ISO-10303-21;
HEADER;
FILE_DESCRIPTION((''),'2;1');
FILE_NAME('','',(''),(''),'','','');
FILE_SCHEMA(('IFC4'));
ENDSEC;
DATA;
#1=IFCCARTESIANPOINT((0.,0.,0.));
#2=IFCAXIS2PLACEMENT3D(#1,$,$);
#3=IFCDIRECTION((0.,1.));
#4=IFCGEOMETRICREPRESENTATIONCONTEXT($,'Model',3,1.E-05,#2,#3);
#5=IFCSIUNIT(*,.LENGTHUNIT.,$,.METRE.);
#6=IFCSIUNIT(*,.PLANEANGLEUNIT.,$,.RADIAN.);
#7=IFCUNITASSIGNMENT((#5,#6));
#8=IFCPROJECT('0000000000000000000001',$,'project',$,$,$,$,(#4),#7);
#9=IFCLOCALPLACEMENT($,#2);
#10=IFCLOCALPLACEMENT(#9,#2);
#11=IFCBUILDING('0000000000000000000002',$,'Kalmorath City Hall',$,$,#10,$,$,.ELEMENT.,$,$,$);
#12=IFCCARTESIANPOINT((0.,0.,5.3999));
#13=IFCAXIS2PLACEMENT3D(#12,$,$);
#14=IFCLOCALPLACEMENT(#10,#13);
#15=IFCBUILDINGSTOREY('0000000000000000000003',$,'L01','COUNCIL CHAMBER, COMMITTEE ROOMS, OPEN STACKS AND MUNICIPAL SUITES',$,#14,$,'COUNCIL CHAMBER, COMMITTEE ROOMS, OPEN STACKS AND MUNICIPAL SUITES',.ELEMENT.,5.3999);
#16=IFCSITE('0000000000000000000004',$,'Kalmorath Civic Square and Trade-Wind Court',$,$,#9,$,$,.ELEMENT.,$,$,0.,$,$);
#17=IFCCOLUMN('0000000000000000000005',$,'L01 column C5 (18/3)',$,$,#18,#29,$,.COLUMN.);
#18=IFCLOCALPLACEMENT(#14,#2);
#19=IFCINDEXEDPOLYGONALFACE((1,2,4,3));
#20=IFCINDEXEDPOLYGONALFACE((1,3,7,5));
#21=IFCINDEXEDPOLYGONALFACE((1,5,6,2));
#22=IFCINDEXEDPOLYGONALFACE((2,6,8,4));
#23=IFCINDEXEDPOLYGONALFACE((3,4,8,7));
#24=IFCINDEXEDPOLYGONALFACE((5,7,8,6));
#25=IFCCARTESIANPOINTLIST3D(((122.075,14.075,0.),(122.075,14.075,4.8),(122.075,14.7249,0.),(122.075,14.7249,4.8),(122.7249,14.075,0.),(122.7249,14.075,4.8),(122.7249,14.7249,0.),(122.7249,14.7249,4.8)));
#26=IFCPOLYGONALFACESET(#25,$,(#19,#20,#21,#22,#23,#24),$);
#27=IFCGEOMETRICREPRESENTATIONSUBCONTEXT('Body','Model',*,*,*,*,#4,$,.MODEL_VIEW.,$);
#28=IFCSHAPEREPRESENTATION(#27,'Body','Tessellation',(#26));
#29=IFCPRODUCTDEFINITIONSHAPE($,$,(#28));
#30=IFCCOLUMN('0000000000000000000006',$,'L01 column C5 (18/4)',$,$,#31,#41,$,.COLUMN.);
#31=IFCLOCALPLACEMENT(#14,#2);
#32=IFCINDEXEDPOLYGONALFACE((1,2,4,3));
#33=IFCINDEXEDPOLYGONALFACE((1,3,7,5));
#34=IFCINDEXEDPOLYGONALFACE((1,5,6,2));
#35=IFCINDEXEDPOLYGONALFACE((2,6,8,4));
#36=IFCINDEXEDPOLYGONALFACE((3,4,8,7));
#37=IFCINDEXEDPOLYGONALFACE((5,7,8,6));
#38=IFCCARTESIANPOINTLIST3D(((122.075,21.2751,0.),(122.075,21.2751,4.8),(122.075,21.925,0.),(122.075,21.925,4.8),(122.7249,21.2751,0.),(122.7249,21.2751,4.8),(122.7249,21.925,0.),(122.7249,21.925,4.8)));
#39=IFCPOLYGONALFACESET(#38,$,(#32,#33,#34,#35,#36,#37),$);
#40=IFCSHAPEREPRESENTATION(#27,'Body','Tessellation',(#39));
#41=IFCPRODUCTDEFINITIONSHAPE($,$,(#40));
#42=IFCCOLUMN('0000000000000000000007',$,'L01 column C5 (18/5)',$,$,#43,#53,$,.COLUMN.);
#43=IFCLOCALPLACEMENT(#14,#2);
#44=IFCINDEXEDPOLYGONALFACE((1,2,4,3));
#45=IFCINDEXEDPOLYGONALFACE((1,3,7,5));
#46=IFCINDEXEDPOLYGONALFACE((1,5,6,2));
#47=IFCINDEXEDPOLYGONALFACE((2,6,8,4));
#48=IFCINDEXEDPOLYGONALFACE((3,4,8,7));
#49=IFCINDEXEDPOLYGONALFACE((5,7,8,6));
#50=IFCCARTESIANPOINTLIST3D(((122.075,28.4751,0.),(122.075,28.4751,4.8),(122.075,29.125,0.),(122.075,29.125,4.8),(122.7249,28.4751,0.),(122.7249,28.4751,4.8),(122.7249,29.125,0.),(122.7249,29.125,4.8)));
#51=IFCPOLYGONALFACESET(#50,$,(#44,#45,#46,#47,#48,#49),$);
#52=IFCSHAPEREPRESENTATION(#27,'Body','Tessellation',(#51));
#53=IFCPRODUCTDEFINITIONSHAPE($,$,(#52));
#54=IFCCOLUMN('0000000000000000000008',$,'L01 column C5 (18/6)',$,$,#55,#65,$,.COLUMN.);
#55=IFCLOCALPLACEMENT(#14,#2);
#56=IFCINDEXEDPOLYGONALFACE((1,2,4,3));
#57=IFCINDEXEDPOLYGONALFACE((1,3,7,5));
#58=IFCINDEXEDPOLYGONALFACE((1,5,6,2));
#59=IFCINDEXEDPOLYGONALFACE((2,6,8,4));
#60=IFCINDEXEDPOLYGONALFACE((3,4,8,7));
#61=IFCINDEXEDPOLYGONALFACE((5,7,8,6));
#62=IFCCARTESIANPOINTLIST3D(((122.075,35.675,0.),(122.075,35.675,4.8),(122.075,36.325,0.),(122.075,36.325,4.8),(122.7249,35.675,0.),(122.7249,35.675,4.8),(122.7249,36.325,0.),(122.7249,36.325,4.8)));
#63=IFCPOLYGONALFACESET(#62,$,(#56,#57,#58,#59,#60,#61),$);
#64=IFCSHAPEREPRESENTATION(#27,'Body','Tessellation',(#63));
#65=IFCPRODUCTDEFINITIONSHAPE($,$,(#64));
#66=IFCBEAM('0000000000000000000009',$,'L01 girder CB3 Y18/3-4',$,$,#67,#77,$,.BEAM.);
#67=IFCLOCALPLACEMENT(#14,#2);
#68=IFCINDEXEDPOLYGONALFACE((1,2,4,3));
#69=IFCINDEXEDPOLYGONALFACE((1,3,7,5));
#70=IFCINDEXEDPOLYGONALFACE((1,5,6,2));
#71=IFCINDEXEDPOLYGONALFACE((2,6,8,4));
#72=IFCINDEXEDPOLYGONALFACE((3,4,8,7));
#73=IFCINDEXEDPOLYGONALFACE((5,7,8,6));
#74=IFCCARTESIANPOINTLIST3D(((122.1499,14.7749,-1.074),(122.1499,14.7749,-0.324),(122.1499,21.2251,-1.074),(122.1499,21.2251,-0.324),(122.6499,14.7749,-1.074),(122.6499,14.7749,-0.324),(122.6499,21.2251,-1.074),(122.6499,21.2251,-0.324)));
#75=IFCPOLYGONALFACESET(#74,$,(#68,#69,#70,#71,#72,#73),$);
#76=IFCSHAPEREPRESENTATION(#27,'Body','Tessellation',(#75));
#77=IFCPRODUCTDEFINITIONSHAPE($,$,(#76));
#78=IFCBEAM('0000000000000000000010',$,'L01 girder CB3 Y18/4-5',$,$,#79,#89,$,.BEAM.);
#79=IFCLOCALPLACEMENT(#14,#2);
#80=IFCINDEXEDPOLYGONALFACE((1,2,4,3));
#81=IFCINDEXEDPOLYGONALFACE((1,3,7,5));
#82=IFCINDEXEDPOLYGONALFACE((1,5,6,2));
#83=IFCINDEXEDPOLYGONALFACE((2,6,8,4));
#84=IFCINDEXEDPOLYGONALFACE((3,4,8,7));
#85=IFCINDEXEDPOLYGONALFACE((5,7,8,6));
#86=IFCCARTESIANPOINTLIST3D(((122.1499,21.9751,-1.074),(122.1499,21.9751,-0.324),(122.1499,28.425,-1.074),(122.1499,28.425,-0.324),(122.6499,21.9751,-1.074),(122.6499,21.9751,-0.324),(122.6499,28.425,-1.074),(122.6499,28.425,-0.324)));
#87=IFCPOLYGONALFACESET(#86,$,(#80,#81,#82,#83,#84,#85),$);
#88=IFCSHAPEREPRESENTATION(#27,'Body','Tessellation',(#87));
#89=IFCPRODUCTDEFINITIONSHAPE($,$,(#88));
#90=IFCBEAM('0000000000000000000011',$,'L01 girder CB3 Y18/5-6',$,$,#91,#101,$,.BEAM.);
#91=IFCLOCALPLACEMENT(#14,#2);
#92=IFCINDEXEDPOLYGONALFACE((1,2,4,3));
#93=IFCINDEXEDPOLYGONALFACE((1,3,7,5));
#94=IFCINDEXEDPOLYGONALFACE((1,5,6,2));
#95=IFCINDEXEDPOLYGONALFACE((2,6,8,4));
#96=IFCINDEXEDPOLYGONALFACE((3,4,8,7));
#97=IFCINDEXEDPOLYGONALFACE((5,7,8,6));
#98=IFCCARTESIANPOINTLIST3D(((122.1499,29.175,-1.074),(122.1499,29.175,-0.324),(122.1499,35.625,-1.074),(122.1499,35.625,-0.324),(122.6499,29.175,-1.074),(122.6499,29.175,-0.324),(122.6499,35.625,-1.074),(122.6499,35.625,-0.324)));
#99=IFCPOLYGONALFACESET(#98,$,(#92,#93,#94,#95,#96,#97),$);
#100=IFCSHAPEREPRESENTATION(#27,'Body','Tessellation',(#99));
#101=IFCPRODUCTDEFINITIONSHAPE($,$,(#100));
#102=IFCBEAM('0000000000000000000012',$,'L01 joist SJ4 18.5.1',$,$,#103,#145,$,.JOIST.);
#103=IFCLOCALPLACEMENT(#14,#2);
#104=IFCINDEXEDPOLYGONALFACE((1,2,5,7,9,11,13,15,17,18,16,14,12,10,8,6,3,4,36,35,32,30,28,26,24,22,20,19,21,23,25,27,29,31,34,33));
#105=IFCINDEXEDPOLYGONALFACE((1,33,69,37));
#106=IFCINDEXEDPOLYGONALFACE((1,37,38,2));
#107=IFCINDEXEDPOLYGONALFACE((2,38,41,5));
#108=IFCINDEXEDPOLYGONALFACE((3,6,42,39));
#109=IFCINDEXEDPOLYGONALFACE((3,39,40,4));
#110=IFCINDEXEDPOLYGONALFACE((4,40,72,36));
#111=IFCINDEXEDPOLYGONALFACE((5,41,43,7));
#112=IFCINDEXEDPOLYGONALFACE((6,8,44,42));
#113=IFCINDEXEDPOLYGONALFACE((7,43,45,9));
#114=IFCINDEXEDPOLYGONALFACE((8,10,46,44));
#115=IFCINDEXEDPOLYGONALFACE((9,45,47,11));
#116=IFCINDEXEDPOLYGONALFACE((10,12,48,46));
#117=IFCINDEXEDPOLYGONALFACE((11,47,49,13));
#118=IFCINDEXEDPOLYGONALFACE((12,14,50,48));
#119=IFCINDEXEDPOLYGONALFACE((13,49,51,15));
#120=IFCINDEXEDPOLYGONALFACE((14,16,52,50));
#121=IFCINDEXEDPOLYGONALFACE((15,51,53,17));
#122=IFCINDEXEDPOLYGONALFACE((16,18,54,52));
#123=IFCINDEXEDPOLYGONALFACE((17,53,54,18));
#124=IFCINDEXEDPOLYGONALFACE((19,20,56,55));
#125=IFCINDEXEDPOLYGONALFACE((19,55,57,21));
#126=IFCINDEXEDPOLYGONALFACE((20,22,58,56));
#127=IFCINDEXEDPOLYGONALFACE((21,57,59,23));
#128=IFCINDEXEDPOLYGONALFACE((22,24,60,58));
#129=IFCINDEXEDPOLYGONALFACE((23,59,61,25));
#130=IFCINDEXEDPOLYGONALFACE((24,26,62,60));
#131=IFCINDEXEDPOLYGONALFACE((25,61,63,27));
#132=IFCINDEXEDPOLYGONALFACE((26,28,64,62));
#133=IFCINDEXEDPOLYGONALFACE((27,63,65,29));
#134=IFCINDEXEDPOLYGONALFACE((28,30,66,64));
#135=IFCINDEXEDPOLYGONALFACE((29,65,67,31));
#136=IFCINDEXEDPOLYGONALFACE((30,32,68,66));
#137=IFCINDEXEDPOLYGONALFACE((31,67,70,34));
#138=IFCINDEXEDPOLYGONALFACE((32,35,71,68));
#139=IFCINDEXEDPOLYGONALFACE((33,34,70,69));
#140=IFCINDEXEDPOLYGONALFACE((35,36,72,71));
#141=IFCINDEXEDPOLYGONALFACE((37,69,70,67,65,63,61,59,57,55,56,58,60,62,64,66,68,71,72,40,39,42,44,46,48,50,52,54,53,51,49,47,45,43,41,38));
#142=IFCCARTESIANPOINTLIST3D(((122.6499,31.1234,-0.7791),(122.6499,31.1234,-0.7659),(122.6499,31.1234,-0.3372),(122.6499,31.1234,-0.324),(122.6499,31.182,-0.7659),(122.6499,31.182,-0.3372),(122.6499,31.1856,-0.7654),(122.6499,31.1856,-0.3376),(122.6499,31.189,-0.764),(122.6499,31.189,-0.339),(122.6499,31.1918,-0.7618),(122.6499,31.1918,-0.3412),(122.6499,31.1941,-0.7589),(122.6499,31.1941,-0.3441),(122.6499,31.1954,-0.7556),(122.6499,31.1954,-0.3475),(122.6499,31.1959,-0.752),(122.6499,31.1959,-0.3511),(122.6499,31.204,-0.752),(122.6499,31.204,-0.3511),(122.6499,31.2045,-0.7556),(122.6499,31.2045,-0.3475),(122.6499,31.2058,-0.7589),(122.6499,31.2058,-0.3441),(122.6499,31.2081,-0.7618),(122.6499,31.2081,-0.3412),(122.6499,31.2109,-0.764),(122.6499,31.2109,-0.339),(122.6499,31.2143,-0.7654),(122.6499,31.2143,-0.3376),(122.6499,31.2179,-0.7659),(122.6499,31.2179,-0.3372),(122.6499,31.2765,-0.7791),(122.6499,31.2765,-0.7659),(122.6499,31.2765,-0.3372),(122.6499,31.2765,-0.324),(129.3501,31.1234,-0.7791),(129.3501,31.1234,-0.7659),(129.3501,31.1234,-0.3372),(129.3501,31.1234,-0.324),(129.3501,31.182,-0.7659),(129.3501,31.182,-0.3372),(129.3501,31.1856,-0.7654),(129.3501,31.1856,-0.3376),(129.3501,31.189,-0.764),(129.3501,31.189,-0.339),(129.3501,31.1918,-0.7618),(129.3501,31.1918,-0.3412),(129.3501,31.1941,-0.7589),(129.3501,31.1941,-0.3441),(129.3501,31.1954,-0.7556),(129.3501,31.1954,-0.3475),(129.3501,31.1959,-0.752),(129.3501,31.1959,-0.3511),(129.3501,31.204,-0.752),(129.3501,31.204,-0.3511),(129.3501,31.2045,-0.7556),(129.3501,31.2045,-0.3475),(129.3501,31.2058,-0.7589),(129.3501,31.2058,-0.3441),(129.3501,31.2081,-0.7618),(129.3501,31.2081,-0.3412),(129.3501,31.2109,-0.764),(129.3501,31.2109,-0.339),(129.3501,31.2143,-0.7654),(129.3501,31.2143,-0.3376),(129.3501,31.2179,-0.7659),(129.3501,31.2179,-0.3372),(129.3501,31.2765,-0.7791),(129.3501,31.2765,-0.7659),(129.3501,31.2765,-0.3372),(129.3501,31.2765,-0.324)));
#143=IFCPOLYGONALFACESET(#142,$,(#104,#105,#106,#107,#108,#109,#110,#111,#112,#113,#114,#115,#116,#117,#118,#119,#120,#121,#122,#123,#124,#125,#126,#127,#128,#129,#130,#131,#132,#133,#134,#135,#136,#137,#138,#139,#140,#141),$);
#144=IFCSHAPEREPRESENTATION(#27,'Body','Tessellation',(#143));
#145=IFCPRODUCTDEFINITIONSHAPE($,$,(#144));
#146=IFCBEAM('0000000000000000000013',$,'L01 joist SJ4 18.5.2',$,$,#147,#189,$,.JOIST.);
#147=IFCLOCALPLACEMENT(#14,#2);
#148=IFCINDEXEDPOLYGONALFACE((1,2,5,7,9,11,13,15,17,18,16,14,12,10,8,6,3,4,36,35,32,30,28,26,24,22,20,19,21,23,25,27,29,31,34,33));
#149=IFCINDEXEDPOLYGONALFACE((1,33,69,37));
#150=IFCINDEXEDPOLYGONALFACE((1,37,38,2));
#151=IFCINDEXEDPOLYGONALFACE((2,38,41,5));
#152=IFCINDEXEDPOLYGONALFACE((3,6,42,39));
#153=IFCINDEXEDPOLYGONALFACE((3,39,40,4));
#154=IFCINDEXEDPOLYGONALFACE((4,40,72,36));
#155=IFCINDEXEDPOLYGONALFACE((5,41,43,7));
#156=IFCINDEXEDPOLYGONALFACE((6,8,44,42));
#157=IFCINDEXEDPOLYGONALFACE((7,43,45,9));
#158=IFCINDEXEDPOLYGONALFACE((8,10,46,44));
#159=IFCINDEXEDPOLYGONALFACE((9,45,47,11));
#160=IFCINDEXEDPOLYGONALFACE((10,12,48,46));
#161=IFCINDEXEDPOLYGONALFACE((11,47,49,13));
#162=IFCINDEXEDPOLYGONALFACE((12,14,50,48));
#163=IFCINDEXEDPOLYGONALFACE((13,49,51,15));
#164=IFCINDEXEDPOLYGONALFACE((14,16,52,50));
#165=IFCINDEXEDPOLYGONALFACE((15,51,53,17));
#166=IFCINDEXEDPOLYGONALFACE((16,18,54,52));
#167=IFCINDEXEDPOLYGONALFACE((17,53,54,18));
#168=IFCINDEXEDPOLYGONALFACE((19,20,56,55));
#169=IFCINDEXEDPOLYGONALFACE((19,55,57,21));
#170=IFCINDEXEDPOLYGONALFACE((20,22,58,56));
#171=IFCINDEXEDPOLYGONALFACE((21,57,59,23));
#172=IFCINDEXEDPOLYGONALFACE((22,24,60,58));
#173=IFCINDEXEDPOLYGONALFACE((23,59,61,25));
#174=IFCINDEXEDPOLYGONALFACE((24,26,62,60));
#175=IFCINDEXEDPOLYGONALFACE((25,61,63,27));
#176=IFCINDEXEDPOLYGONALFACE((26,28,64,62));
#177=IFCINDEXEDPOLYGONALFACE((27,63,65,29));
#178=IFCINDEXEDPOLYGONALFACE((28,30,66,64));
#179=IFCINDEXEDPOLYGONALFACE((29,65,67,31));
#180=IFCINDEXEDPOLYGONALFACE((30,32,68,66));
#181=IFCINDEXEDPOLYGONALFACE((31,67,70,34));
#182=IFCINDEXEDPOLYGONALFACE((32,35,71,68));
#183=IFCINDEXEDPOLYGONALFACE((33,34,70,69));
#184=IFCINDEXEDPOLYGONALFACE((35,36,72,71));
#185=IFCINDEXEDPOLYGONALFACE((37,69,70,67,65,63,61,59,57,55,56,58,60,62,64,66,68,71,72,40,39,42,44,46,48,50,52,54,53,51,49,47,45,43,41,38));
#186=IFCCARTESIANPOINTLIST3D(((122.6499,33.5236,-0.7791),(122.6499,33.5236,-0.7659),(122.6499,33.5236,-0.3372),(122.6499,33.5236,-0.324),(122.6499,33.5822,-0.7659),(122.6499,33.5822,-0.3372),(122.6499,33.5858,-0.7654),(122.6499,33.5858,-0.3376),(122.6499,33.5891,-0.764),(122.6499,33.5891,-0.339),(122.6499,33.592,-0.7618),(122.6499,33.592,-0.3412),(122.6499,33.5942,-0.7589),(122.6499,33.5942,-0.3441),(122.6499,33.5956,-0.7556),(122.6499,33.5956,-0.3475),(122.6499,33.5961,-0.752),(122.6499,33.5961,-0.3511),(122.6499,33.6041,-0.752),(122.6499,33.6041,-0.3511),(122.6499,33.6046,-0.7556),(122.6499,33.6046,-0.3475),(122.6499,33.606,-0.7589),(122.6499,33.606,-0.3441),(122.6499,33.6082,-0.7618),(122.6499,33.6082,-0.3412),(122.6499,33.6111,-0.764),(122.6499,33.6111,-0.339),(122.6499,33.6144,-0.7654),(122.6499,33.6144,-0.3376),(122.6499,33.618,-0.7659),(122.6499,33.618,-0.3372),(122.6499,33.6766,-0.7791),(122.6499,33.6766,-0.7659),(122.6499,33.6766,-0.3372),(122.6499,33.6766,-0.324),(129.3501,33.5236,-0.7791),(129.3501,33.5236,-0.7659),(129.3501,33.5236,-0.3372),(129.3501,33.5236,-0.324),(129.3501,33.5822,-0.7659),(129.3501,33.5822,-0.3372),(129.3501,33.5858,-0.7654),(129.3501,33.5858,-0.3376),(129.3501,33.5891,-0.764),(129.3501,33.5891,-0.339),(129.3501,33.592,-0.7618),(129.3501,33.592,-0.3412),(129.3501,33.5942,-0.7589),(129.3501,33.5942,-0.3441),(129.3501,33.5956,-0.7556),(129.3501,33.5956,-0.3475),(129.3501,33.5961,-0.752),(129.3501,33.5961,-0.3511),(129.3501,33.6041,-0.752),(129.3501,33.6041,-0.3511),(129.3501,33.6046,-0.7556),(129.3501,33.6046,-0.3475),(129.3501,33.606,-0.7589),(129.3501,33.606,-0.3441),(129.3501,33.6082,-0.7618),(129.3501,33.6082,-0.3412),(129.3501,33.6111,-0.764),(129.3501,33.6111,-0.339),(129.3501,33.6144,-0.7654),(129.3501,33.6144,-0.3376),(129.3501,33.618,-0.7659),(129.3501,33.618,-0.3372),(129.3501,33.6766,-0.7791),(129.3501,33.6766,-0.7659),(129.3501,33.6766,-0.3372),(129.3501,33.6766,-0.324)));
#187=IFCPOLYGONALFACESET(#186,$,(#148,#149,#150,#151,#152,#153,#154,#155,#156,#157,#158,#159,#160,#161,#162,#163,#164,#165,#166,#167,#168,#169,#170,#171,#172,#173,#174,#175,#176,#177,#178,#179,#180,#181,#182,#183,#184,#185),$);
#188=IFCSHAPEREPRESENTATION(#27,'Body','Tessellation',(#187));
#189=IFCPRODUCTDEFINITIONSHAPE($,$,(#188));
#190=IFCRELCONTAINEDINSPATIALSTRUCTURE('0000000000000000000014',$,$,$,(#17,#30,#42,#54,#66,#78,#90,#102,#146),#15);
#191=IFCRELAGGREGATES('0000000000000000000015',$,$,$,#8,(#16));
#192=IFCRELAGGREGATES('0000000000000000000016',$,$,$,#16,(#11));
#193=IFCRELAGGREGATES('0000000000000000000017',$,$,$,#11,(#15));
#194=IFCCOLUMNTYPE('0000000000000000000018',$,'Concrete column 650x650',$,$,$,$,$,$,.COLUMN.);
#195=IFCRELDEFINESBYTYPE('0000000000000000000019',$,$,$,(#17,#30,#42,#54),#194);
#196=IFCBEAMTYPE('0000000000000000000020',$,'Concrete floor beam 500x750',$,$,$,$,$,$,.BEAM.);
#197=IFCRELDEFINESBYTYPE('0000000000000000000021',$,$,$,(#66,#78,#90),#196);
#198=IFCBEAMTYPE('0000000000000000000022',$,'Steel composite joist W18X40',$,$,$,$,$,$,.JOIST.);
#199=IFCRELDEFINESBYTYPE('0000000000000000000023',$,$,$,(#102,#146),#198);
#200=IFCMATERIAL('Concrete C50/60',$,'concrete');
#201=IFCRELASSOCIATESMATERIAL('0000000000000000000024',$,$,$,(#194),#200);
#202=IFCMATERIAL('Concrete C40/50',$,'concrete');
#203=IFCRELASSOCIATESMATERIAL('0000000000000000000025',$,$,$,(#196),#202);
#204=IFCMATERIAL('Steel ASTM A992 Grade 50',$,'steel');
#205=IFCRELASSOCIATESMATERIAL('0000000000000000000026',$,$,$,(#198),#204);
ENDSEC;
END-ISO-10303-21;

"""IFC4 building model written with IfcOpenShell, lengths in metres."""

from ifc_helpers import new_model, si_unit, direction, frame, origin, origin_2d, place, context, subcontext, project, spatial, rectangle, i_section, extrude, material, material_profile, profile_set, type_object, element, save


model = new_model("IFC4")

# Units and contexts
model_context = context("Model", 3, precision=1e-05, world=origin(), true_north=direction((0.0, 1.0)))
body_context = subcontext(model_context, "Body", "Model", "MODEL_VIEW")
ifc_project = project(units=[si_unit("LENGTHUNIT", "METRE"), si_unit("PLANEANGLEUNIT", "RADIAN")], contexts=[model_context])

# Site, building, storey
site_placement = place(None, origin())
site = spatial("IfcSite", under=ifc_project, at=site_placement, Name="Kalmorath Civic Square and Trade-Wind Court", CompositionType="ELEMENT", RefElevation=0.0)
building_placement = place(site_placement, origin())
building = spatial("IfcBuilding", under=site, at=building_placement, Name="Kalmorath City Hall", CompositionType="ELEMENT")
storey_placement = place(building_placement, frame((0.0, 0.0, 5.3999)))
storey = spatial("IfcBuildingStorey", under=building, at=storey_placement, Name="L01", Description="COUNCIL CHAMBER, COMMITTEE ROOMS, OPEN STACKS AND MUNICIPAL SUITES", LongName="COUNCIL CHAMBER, COMMITTEE ROOMS, OPEN STACKS AND MUNICIPAL SUITES", CompositionType="ELEMENT", Elevation=5.3999)

# Columns
ifc_material_1 = material(Name="Concrete C50/60", Category="concrete")
ifc_material_profile_1 = material_profile(ifc_material_1, rectangle(XDim=0.6499, YDim=0.6499, at=origin_2d()), Name="RC-COL-650X650")
ifc_profile_set_1 = profile_set([ifc_material_profile_1], Name="Concrete C50/60")
column_type = type_object("IfcColumnType", Name="Concrete column 650x650", PredefinedType="COLUMN", material=ifc_profile_set_1)
for number, where, z_axis, x_axis, name in (
    (1, (122.3999, 14.3999, 0.0), (0.0, 0.0, 1.0), (1.0, 0.0, 0.0), "L01 column C5 (18/3)"),
    (2, (122.3999, 21.6001, 0.0), (0.0, 0.0, 1.0), (1.0, 0.0, 0.0), "L01 column C5 (18/4)"),
    (3, (122.3999, 28.8, 0.0), (0.0, 0.0, 1.0), (1.0, 0.0, 0.0), "L01 column C5 (18/5)"),
    (4, (122.3999, 36.0, 0.0), (0.0, 0.0, 1.0), (1.0, 0.0, 0.0), "L01 column C5 (18/6)"),
):
    element("IfcColumn", number, at=place(storey_placement, frame(where, z_axis=z_axis, x_axis=x_axis)), inside=storey, type_object=column_type, Name=name, PredefinedType="COLUMN", context=body_context, shape_type="SweptSolid", body=[
        extrude(rectangle(XDim=0.6499, YDim=0.6499, at=origin_2d()), origin(), (0.0, 0.0, 1.0), 4.8),
    ])

# Beams
ifc_material_2 = material(Name="Concrete C40/50", Category="concrete")
ifc_material_profile_2 = material_profile(ifc_material_2, rectangle(XDim=0.5, YDim=0.75, at=origin_2d()), Name="RC-BM-500X750")
ifc_profile_set_2 = profile_set([ifc_material_profile_2], Name="Concrete C40/50")
beam_type_1 = type_object("IfcBeamType", Name="Concrete floor beam 500x750", PredefinedType="BEAM", material=ifc_profile_set_2)
beam_1_placement = place(storey_placement, frame((122.3999, 14.7749, -0.699), z_axis=(0.0, 1.0, 0.0), x_axis=(-1.0, 0.0, 0.0)))
element("IfcBeam", 5, at=beam_1_placement, inside=storey, type_object=beam_type_1, Name="L01 girder CB3 Y18/3-4", PredefinedType="BEAM", context=body_context, shape_type="SweptSolid", body=[
    extrude(rectangle(XDim=0.5, YDim=0.75, at=origin_2d()), origin(), (0.0, 0.0, 1.0), 6.4502),
])
for number, where, z_axis, x_axis, name in (
    (6, (122.3999, 21.9751, -0.699), (0.0, 1.0, 0.0), (-1.0, 0.0, 0.0), "L01 girder CB3 Y18/4-5"),
    (7, (122.3999, 29.175, -0.699), (0.0, 1.0, 0.0), (-1.0, 0.0, 0.0), "L01 girder CB3 Y18/5-6"),
):
    element("IfcBeam", number, at=place(storey_placement, frame(where, z_axis=z_axis, x_axis=x_axis)), inside=storey, type_object=beam_type_1, Name=name, PredefinedType="BEAM", context=body_context, shape_type="SweptSolid", body=[
        extrude(rectangle(XDim=0.5, YDim=0.75, at=origin_2d()), origin(), (0.0, 0.0, 1.0), 6.45),
    ])
ifc_material_3 = material(Name="Steel ASTM A992 Grade 50", Category="steel")
ifc_material_profile_3 = material_profile(ifc_material_3, i_section(OverallWidth=0.1531, OverallDepth=0.4551, WebThickness=0.0081, FlangeThickness=0.0132, FilletRadius=0.0139, at=origin_2d()), Name="W18X40")
ifc_profile_set_3 = profile_set([ifc_material_profile_3], Name="Steel ASTM A992 Grade 50")
beam_type_2 = type_object("IfcBeamType", Name="Steel composite joist W18X40", PredefinedType="JOIST", material=ifc_profile_set_3)
for number, where, z_axis, x_axis, name in (
    (8, (122.6499, 31.2, -0.5515), (1.0, 0.0, 0.0), (0.0, 1.0, 0.0), "L01 joist SJ4 18.5.1"),
    (9, (122.6499, 33.6001, -0.5515), (1.0, 0.0, 0.0), (0.0, 1.0, 0.0), "L01 joist SJ4 18.5.2"),
):
    element("IfcBeam", number, at=place(storey_placement, frame(where, z_axis=z_axis, x_axis=x_axis)), inside=storey, type_object=beam_type_2, Name=name, PredefinedType="JOIST", context=body_context, shape_type="SweptSolid", body=[
        extrude(i_section(OverallWidth=0.1531, OverallDepth=0.4551, WebThickness=0.0081, FlangeThickness=0.0132, FilletRadius=0.0139, at=origin_2d()), origin(), (0.0, 0.0, 1.0), 6.7002),
    ])

save(model, "model.ifc")
